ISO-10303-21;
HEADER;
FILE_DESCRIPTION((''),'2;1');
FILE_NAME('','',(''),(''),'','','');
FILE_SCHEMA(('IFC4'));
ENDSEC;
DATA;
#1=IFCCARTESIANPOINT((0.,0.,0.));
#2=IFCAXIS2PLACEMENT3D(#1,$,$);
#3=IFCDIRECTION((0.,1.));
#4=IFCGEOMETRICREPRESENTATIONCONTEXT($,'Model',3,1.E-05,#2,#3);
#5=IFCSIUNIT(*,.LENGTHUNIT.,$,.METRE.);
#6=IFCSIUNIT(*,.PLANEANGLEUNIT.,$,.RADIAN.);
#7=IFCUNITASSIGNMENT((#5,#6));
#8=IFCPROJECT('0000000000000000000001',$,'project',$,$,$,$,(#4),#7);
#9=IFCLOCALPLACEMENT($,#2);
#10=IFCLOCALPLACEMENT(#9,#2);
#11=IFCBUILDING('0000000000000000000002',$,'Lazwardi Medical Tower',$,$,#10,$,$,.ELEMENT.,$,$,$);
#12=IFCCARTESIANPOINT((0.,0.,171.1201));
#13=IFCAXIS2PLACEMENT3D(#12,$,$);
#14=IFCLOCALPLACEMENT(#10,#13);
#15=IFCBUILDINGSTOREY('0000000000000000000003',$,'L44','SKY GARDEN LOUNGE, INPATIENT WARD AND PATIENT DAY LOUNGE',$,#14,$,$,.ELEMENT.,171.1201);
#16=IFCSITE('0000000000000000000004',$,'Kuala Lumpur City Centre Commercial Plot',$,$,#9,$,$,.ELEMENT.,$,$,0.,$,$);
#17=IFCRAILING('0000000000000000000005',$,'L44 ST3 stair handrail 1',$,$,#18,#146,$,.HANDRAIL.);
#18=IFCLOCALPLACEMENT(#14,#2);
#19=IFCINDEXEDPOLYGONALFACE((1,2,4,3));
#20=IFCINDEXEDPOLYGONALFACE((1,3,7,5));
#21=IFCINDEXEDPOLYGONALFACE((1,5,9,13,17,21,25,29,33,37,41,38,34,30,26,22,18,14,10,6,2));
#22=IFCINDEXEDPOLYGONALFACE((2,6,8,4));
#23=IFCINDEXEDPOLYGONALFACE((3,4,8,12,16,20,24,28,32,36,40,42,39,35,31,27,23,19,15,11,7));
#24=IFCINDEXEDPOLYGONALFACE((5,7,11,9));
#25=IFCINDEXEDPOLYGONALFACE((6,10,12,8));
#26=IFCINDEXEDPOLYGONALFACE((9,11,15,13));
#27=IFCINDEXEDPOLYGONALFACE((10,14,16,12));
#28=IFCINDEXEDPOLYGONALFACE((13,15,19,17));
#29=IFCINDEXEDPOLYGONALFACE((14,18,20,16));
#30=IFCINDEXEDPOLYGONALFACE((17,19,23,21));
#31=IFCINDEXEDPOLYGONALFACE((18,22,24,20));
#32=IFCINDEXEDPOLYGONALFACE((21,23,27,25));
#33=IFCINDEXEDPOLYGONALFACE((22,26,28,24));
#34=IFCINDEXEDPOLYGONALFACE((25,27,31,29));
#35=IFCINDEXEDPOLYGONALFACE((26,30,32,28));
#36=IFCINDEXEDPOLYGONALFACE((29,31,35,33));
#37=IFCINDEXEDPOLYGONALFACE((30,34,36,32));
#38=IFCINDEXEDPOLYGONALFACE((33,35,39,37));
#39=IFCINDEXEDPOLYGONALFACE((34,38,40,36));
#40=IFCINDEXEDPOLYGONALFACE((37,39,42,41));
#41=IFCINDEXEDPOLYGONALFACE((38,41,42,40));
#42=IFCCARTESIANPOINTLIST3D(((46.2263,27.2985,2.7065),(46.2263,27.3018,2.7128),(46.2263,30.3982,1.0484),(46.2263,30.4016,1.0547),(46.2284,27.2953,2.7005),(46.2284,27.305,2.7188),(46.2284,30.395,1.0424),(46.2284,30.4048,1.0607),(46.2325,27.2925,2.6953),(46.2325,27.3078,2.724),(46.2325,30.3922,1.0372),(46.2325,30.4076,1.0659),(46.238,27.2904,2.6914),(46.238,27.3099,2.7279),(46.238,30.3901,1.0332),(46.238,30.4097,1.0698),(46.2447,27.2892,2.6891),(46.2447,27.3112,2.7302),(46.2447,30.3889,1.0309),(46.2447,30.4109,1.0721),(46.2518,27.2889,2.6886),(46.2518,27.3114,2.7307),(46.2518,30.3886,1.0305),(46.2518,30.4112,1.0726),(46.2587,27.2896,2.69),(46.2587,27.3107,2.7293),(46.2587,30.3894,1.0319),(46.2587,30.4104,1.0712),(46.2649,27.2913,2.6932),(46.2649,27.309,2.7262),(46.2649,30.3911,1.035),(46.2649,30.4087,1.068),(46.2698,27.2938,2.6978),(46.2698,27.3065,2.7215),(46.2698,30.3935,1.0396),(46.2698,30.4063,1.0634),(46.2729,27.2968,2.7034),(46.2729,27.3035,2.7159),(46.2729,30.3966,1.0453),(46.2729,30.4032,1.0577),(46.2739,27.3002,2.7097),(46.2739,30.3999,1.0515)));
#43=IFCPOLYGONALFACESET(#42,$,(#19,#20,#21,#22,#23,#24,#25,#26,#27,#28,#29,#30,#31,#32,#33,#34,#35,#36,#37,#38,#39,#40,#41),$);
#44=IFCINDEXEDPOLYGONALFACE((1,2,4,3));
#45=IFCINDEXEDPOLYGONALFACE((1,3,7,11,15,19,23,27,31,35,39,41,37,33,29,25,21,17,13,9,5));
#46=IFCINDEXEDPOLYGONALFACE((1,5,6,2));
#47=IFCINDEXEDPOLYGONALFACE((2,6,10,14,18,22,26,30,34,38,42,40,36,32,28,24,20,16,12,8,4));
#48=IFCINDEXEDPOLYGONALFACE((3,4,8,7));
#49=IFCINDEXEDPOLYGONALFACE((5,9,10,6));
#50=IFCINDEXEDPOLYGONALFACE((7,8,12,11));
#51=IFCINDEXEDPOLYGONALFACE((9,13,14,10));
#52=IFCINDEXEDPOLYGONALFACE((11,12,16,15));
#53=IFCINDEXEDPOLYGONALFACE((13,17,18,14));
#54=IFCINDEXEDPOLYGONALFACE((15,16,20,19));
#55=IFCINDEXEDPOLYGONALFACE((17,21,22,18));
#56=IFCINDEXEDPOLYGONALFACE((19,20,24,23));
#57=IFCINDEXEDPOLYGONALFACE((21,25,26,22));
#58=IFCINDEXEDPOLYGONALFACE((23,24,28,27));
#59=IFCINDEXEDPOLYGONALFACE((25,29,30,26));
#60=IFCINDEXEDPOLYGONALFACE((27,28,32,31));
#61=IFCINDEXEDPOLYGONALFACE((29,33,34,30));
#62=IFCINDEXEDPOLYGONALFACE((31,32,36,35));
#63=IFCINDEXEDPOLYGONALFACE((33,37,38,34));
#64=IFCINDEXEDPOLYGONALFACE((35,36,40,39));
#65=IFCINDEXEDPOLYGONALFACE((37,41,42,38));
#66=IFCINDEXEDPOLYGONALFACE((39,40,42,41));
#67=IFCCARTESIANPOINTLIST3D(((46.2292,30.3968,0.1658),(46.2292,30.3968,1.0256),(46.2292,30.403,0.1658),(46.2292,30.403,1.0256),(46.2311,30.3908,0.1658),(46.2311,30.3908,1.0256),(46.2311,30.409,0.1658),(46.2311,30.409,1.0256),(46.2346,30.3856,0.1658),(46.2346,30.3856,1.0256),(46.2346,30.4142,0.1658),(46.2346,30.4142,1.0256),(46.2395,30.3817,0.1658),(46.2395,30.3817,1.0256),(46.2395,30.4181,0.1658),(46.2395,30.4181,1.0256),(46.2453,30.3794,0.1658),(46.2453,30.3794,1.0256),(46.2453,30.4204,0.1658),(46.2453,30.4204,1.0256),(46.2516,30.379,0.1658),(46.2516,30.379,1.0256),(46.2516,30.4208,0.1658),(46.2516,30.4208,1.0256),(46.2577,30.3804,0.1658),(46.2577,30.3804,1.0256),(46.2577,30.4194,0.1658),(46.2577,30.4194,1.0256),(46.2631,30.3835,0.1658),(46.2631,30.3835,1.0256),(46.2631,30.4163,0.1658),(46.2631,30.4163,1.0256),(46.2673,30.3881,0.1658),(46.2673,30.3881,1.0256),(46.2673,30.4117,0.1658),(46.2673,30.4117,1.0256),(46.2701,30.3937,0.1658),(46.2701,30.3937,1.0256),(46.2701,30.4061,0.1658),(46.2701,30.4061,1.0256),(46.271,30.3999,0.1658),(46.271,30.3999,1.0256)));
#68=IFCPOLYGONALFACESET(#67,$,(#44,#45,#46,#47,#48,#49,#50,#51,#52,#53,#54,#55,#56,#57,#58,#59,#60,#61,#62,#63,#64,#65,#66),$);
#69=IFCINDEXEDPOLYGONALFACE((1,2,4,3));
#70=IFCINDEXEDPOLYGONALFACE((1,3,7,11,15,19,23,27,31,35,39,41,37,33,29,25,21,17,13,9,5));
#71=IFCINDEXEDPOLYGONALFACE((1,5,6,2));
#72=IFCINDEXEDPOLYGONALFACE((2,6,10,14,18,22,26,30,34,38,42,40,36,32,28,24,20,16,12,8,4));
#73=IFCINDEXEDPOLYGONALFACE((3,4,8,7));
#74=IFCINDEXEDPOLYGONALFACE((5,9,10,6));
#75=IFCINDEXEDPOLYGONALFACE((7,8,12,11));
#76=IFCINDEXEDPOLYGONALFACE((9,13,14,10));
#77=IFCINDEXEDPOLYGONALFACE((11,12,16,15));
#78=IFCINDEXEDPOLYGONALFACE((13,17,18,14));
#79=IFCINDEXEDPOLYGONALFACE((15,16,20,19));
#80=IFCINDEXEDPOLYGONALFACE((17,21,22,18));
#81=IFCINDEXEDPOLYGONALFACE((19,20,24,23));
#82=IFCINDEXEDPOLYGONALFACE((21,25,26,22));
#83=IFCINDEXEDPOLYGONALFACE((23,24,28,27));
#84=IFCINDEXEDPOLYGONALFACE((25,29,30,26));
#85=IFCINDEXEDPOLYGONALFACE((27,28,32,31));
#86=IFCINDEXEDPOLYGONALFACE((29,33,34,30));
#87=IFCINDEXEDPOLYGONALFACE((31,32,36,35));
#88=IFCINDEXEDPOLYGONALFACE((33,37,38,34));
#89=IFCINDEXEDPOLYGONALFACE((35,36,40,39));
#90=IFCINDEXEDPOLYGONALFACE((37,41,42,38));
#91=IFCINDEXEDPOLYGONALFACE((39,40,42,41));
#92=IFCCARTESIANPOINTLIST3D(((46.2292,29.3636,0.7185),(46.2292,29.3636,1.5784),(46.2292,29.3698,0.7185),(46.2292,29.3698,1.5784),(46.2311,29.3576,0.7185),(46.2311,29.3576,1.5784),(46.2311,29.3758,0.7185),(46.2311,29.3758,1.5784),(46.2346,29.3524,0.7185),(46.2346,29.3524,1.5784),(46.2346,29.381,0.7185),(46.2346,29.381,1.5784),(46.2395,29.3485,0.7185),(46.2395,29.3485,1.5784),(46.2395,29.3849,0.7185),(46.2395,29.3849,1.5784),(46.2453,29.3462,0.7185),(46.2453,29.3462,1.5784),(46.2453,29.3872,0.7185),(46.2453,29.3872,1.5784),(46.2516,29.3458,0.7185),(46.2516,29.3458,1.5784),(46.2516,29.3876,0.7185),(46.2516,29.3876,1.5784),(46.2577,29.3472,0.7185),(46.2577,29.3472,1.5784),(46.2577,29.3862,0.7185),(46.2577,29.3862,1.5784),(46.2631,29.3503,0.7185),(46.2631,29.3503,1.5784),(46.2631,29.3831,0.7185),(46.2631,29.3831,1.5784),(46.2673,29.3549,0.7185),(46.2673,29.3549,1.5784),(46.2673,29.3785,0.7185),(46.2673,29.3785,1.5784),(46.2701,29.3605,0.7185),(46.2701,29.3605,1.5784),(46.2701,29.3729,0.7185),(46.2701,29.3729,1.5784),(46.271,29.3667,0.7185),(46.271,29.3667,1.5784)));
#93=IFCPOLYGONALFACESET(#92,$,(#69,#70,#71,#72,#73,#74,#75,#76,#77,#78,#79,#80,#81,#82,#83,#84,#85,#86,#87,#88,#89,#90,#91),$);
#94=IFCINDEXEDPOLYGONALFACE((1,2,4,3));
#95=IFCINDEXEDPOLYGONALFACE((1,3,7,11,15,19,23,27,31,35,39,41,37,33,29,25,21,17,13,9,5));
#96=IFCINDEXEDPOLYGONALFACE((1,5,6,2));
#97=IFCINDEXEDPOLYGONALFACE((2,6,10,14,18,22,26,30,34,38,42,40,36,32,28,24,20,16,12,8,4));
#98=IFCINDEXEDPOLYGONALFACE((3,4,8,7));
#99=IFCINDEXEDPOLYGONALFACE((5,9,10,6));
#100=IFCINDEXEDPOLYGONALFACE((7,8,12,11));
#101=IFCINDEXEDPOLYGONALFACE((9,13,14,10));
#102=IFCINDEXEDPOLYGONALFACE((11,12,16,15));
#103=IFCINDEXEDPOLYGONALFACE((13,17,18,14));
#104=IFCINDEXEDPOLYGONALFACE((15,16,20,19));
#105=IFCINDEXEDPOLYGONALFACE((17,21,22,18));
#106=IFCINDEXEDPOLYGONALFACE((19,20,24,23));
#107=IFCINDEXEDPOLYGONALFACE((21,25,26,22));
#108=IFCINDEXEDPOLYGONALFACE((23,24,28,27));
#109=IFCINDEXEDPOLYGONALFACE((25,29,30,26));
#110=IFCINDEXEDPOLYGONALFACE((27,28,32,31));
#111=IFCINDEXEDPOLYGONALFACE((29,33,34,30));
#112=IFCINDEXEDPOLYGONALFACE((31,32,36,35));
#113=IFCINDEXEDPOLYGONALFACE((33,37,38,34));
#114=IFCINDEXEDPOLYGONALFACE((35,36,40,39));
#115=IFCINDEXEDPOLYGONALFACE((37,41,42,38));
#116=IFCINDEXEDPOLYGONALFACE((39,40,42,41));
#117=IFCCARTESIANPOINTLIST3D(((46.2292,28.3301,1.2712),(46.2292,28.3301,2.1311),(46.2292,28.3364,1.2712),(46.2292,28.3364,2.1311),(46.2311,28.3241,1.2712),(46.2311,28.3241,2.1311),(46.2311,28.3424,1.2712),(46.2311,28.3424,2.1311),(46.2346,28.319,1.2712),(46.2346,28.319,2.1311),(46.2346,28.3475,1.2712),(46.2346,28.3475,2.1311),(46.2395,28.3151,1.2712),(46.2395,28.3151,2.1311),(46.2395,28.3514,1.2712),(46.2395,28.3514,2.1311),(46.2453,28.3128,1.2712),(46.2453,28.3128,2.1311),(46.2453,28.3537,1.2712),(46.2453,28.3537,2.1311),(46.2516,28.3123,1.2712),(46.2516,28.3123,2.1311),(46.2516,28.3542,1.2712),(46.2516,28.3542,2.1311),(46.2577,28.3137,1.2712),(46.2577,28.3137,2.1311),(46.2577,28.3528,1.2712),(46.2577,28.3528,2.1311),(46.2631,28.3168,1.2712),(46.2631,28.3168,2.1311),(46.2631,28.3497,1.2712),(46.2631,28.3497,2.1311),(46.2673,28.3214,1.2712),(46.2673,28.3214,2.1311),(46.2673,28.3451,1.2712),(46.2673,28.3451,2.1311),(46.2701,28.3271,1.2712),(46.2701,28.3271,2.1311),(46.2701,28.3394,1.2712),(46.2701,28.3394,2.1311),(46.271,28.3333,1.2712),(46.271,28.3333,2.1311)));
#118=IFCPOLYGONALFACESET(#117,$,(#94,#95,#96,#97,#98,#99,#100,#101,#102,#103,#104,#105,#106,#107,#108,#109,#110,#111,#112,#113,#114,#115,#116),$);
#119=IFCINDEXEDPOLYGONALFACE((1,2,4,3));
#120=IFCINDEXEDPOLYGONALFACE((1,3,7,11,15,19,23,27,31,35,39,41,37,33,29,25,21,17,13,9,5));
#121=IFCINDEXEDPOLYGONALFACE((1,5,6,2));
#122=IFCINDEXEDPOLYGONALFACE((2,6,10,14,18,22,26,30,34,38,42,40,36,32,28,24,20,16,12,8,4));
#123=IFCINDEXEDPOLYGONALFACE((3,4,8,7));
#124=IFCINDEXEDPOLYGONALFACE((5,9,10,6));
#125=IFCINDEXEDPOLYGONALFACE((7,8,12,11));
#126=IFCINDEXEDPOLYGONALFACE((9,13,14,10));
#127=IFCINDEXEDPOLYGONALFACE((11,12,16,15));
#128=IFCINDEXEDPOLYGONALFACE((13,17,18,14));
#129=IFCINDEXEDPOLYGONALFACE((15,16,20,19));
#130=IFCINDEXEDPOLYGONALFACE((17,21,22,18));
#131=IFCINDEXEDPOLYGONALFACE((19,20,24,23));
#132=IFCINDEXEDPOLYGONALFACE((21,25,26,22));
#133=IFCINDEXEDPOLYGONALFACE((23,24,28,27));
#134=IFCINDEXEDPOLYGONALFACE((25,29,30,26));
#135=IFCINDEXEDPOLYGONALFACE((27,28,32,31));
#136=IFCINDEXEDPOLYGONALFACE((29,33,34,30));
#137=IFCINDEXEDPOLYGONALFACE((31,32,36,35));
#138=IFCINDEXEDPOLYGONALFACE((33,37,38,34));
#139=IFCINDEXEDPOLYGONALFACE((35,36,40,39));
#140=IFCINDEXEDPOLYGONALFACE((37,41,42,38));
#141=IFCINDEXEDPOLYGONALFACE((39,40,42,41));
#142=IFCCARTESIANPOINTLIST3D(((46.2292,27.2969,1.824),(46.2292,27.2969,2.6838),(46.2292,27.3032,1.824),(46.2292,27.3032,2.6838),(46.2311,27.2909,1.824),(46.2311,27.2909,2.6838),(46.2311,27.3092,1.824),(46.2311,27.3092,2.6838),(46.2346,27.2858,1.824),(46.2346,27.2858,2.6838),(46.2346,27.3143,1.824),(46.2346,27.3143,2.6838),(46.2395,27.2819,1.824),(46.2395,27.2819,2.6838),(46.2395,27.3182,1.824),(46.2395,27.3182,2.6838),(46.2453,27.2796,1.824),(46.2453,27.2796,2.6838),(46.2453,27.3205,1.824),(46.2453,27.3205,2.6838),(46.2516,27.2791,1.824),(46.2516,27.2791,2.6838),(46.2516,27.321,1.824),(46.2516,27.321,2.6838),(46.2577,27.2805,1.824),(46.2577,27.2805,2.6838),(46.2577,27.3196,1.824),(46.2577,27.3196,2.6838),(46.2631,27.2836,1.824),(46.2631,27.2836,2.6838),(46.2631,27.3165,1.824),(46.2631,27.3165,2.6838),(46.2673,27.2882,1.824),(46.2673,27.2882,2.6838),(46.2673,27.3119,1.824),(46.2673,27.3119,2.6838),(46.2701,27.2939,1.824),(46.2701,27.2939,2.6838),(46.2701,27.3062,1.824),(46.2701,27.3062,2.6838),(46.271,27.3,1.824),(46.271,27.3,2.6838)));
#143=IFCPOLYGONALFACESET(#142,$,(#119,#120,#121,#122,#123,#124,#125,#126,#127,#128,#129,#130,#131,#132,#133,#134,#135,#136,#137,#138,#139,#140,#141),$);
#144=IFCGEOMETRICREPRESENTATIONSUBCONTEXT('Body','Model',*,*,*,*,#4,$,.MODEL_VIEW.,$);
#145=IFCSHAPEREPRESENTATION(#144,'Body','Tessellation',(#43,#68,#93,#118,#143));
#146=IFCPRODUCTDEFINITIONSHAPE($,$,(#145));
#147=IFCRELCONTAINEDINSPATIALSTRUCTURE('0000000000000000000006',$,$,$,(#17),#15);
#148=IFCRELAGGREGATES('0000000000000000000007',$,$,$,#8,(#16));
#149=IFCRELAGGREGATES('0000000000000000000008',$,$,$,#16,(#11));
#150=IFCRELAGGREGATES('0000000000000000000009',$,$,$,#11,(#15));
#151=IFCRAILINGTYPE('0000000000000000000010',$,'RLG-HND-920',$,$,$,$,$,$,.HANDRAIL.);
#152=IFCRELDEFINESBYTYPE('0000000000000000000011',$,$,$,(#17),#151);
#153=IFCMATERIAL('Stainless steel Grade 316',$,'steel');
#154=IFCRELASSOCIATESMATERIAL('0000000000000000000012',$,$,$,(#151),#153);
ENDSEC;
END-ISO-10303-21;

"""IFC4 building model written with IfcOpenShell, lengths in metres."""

from ifc_helpers import new_model, si_unit, direction, frame, origin, origin_2d, place, context, subcontext, project, spatial, circle, extrude, material, type_object, element, save


model = new_model("IFC4")

# Units and contexts
model_context = context("Model", 3, precision=1e-05, world=origin(), true_north=direction((0.0, 1.0)))
body_context = subcontext(model_context, "Body", "Model", "MODEL_VIEW")
ifc_project = project(units=[si_unit("LENGTHUNIT", "METRE"), si_unit("PLANEANGLEUNIT", "RADIAN")], contexts=[model_context])

# Site, building, storey
site_placement = place(None, origin())
site = spatial("IfcSite", under=ifc_project, at=site_placement, Name="Kuala Lumpur City Centre Commercial Plot", CompositionType="ELEMENT", RefElevation=0.0)
building_placement = place(site_placement, origin())
building = spatial("IfcBuilding", under=site, at=building_placement, Name="Lazwardi Medical Tower", CompositionType="ELEMENT")
storey_placement = place(building_placement, frame((0.0, 0.0, 171.1201)))
storey = spatial("IfcBuildingStorey", under=building, at=storey_placement, Name="L44", Description="SKY GARDEN LOUNGE, INPATIENT WARD AND PATIENT DAY LOUNGE", CompositionType="ELEMENT", Elevation=171.1201)

# Railing
ifc_material_1 = material(Name="Stainless steel Grade 316", Category="steel")
railing_type_1 = type_object("IfcRailingType", Name="RLG-HND-920", PredefinedType="HANDRAIL", material=ifc_material_1)
railing_1_placement = place(storey_placement, frame((46.25, 30.3999, 0.1658)))
element("IfcRailing", 1, at=railing_1_placement, inside=storey, type_object=railing_type_1, Name="L44 ST3 stair handrail 1", PredefinedType="HANDRAIL", context=body_context, shape_type="SweptSolid", body=[
    extrude(circle(Radius=0.0239, at=origin_2d()), frame((0.0, 0.0, 0.8857), z_axis=(0.0, -0.881768, 0.471684), x_axis=(1.0, 0.0, 0.0)), (0.0, 0.0, 1.0), 3.5154),
    extrude(circle(Radius=0.021, at=origin_2d()), origin(), (0.0, 0.0, 1.0), 0.8599),
    extrude(circle(Radius=0.021, at=origin_2d()), frame((0.0, -1.0332, 0.5527)), (0.0, 0.0, 1.0), 0.8599),
    extrude(circle(Radius=0.021, at=origin_2d()), frame((0.0, -2.0667, 1.1055)), (0.0, 0.0, 1.0), 0.8599),
    extrude(circle(Radius=0.021, at=origin_2d()), frame((0.0, -3.0999, 1.6582)), (0.0, 0.0, 1.0), 0.8599),
])

save(model, "model.ifc")
